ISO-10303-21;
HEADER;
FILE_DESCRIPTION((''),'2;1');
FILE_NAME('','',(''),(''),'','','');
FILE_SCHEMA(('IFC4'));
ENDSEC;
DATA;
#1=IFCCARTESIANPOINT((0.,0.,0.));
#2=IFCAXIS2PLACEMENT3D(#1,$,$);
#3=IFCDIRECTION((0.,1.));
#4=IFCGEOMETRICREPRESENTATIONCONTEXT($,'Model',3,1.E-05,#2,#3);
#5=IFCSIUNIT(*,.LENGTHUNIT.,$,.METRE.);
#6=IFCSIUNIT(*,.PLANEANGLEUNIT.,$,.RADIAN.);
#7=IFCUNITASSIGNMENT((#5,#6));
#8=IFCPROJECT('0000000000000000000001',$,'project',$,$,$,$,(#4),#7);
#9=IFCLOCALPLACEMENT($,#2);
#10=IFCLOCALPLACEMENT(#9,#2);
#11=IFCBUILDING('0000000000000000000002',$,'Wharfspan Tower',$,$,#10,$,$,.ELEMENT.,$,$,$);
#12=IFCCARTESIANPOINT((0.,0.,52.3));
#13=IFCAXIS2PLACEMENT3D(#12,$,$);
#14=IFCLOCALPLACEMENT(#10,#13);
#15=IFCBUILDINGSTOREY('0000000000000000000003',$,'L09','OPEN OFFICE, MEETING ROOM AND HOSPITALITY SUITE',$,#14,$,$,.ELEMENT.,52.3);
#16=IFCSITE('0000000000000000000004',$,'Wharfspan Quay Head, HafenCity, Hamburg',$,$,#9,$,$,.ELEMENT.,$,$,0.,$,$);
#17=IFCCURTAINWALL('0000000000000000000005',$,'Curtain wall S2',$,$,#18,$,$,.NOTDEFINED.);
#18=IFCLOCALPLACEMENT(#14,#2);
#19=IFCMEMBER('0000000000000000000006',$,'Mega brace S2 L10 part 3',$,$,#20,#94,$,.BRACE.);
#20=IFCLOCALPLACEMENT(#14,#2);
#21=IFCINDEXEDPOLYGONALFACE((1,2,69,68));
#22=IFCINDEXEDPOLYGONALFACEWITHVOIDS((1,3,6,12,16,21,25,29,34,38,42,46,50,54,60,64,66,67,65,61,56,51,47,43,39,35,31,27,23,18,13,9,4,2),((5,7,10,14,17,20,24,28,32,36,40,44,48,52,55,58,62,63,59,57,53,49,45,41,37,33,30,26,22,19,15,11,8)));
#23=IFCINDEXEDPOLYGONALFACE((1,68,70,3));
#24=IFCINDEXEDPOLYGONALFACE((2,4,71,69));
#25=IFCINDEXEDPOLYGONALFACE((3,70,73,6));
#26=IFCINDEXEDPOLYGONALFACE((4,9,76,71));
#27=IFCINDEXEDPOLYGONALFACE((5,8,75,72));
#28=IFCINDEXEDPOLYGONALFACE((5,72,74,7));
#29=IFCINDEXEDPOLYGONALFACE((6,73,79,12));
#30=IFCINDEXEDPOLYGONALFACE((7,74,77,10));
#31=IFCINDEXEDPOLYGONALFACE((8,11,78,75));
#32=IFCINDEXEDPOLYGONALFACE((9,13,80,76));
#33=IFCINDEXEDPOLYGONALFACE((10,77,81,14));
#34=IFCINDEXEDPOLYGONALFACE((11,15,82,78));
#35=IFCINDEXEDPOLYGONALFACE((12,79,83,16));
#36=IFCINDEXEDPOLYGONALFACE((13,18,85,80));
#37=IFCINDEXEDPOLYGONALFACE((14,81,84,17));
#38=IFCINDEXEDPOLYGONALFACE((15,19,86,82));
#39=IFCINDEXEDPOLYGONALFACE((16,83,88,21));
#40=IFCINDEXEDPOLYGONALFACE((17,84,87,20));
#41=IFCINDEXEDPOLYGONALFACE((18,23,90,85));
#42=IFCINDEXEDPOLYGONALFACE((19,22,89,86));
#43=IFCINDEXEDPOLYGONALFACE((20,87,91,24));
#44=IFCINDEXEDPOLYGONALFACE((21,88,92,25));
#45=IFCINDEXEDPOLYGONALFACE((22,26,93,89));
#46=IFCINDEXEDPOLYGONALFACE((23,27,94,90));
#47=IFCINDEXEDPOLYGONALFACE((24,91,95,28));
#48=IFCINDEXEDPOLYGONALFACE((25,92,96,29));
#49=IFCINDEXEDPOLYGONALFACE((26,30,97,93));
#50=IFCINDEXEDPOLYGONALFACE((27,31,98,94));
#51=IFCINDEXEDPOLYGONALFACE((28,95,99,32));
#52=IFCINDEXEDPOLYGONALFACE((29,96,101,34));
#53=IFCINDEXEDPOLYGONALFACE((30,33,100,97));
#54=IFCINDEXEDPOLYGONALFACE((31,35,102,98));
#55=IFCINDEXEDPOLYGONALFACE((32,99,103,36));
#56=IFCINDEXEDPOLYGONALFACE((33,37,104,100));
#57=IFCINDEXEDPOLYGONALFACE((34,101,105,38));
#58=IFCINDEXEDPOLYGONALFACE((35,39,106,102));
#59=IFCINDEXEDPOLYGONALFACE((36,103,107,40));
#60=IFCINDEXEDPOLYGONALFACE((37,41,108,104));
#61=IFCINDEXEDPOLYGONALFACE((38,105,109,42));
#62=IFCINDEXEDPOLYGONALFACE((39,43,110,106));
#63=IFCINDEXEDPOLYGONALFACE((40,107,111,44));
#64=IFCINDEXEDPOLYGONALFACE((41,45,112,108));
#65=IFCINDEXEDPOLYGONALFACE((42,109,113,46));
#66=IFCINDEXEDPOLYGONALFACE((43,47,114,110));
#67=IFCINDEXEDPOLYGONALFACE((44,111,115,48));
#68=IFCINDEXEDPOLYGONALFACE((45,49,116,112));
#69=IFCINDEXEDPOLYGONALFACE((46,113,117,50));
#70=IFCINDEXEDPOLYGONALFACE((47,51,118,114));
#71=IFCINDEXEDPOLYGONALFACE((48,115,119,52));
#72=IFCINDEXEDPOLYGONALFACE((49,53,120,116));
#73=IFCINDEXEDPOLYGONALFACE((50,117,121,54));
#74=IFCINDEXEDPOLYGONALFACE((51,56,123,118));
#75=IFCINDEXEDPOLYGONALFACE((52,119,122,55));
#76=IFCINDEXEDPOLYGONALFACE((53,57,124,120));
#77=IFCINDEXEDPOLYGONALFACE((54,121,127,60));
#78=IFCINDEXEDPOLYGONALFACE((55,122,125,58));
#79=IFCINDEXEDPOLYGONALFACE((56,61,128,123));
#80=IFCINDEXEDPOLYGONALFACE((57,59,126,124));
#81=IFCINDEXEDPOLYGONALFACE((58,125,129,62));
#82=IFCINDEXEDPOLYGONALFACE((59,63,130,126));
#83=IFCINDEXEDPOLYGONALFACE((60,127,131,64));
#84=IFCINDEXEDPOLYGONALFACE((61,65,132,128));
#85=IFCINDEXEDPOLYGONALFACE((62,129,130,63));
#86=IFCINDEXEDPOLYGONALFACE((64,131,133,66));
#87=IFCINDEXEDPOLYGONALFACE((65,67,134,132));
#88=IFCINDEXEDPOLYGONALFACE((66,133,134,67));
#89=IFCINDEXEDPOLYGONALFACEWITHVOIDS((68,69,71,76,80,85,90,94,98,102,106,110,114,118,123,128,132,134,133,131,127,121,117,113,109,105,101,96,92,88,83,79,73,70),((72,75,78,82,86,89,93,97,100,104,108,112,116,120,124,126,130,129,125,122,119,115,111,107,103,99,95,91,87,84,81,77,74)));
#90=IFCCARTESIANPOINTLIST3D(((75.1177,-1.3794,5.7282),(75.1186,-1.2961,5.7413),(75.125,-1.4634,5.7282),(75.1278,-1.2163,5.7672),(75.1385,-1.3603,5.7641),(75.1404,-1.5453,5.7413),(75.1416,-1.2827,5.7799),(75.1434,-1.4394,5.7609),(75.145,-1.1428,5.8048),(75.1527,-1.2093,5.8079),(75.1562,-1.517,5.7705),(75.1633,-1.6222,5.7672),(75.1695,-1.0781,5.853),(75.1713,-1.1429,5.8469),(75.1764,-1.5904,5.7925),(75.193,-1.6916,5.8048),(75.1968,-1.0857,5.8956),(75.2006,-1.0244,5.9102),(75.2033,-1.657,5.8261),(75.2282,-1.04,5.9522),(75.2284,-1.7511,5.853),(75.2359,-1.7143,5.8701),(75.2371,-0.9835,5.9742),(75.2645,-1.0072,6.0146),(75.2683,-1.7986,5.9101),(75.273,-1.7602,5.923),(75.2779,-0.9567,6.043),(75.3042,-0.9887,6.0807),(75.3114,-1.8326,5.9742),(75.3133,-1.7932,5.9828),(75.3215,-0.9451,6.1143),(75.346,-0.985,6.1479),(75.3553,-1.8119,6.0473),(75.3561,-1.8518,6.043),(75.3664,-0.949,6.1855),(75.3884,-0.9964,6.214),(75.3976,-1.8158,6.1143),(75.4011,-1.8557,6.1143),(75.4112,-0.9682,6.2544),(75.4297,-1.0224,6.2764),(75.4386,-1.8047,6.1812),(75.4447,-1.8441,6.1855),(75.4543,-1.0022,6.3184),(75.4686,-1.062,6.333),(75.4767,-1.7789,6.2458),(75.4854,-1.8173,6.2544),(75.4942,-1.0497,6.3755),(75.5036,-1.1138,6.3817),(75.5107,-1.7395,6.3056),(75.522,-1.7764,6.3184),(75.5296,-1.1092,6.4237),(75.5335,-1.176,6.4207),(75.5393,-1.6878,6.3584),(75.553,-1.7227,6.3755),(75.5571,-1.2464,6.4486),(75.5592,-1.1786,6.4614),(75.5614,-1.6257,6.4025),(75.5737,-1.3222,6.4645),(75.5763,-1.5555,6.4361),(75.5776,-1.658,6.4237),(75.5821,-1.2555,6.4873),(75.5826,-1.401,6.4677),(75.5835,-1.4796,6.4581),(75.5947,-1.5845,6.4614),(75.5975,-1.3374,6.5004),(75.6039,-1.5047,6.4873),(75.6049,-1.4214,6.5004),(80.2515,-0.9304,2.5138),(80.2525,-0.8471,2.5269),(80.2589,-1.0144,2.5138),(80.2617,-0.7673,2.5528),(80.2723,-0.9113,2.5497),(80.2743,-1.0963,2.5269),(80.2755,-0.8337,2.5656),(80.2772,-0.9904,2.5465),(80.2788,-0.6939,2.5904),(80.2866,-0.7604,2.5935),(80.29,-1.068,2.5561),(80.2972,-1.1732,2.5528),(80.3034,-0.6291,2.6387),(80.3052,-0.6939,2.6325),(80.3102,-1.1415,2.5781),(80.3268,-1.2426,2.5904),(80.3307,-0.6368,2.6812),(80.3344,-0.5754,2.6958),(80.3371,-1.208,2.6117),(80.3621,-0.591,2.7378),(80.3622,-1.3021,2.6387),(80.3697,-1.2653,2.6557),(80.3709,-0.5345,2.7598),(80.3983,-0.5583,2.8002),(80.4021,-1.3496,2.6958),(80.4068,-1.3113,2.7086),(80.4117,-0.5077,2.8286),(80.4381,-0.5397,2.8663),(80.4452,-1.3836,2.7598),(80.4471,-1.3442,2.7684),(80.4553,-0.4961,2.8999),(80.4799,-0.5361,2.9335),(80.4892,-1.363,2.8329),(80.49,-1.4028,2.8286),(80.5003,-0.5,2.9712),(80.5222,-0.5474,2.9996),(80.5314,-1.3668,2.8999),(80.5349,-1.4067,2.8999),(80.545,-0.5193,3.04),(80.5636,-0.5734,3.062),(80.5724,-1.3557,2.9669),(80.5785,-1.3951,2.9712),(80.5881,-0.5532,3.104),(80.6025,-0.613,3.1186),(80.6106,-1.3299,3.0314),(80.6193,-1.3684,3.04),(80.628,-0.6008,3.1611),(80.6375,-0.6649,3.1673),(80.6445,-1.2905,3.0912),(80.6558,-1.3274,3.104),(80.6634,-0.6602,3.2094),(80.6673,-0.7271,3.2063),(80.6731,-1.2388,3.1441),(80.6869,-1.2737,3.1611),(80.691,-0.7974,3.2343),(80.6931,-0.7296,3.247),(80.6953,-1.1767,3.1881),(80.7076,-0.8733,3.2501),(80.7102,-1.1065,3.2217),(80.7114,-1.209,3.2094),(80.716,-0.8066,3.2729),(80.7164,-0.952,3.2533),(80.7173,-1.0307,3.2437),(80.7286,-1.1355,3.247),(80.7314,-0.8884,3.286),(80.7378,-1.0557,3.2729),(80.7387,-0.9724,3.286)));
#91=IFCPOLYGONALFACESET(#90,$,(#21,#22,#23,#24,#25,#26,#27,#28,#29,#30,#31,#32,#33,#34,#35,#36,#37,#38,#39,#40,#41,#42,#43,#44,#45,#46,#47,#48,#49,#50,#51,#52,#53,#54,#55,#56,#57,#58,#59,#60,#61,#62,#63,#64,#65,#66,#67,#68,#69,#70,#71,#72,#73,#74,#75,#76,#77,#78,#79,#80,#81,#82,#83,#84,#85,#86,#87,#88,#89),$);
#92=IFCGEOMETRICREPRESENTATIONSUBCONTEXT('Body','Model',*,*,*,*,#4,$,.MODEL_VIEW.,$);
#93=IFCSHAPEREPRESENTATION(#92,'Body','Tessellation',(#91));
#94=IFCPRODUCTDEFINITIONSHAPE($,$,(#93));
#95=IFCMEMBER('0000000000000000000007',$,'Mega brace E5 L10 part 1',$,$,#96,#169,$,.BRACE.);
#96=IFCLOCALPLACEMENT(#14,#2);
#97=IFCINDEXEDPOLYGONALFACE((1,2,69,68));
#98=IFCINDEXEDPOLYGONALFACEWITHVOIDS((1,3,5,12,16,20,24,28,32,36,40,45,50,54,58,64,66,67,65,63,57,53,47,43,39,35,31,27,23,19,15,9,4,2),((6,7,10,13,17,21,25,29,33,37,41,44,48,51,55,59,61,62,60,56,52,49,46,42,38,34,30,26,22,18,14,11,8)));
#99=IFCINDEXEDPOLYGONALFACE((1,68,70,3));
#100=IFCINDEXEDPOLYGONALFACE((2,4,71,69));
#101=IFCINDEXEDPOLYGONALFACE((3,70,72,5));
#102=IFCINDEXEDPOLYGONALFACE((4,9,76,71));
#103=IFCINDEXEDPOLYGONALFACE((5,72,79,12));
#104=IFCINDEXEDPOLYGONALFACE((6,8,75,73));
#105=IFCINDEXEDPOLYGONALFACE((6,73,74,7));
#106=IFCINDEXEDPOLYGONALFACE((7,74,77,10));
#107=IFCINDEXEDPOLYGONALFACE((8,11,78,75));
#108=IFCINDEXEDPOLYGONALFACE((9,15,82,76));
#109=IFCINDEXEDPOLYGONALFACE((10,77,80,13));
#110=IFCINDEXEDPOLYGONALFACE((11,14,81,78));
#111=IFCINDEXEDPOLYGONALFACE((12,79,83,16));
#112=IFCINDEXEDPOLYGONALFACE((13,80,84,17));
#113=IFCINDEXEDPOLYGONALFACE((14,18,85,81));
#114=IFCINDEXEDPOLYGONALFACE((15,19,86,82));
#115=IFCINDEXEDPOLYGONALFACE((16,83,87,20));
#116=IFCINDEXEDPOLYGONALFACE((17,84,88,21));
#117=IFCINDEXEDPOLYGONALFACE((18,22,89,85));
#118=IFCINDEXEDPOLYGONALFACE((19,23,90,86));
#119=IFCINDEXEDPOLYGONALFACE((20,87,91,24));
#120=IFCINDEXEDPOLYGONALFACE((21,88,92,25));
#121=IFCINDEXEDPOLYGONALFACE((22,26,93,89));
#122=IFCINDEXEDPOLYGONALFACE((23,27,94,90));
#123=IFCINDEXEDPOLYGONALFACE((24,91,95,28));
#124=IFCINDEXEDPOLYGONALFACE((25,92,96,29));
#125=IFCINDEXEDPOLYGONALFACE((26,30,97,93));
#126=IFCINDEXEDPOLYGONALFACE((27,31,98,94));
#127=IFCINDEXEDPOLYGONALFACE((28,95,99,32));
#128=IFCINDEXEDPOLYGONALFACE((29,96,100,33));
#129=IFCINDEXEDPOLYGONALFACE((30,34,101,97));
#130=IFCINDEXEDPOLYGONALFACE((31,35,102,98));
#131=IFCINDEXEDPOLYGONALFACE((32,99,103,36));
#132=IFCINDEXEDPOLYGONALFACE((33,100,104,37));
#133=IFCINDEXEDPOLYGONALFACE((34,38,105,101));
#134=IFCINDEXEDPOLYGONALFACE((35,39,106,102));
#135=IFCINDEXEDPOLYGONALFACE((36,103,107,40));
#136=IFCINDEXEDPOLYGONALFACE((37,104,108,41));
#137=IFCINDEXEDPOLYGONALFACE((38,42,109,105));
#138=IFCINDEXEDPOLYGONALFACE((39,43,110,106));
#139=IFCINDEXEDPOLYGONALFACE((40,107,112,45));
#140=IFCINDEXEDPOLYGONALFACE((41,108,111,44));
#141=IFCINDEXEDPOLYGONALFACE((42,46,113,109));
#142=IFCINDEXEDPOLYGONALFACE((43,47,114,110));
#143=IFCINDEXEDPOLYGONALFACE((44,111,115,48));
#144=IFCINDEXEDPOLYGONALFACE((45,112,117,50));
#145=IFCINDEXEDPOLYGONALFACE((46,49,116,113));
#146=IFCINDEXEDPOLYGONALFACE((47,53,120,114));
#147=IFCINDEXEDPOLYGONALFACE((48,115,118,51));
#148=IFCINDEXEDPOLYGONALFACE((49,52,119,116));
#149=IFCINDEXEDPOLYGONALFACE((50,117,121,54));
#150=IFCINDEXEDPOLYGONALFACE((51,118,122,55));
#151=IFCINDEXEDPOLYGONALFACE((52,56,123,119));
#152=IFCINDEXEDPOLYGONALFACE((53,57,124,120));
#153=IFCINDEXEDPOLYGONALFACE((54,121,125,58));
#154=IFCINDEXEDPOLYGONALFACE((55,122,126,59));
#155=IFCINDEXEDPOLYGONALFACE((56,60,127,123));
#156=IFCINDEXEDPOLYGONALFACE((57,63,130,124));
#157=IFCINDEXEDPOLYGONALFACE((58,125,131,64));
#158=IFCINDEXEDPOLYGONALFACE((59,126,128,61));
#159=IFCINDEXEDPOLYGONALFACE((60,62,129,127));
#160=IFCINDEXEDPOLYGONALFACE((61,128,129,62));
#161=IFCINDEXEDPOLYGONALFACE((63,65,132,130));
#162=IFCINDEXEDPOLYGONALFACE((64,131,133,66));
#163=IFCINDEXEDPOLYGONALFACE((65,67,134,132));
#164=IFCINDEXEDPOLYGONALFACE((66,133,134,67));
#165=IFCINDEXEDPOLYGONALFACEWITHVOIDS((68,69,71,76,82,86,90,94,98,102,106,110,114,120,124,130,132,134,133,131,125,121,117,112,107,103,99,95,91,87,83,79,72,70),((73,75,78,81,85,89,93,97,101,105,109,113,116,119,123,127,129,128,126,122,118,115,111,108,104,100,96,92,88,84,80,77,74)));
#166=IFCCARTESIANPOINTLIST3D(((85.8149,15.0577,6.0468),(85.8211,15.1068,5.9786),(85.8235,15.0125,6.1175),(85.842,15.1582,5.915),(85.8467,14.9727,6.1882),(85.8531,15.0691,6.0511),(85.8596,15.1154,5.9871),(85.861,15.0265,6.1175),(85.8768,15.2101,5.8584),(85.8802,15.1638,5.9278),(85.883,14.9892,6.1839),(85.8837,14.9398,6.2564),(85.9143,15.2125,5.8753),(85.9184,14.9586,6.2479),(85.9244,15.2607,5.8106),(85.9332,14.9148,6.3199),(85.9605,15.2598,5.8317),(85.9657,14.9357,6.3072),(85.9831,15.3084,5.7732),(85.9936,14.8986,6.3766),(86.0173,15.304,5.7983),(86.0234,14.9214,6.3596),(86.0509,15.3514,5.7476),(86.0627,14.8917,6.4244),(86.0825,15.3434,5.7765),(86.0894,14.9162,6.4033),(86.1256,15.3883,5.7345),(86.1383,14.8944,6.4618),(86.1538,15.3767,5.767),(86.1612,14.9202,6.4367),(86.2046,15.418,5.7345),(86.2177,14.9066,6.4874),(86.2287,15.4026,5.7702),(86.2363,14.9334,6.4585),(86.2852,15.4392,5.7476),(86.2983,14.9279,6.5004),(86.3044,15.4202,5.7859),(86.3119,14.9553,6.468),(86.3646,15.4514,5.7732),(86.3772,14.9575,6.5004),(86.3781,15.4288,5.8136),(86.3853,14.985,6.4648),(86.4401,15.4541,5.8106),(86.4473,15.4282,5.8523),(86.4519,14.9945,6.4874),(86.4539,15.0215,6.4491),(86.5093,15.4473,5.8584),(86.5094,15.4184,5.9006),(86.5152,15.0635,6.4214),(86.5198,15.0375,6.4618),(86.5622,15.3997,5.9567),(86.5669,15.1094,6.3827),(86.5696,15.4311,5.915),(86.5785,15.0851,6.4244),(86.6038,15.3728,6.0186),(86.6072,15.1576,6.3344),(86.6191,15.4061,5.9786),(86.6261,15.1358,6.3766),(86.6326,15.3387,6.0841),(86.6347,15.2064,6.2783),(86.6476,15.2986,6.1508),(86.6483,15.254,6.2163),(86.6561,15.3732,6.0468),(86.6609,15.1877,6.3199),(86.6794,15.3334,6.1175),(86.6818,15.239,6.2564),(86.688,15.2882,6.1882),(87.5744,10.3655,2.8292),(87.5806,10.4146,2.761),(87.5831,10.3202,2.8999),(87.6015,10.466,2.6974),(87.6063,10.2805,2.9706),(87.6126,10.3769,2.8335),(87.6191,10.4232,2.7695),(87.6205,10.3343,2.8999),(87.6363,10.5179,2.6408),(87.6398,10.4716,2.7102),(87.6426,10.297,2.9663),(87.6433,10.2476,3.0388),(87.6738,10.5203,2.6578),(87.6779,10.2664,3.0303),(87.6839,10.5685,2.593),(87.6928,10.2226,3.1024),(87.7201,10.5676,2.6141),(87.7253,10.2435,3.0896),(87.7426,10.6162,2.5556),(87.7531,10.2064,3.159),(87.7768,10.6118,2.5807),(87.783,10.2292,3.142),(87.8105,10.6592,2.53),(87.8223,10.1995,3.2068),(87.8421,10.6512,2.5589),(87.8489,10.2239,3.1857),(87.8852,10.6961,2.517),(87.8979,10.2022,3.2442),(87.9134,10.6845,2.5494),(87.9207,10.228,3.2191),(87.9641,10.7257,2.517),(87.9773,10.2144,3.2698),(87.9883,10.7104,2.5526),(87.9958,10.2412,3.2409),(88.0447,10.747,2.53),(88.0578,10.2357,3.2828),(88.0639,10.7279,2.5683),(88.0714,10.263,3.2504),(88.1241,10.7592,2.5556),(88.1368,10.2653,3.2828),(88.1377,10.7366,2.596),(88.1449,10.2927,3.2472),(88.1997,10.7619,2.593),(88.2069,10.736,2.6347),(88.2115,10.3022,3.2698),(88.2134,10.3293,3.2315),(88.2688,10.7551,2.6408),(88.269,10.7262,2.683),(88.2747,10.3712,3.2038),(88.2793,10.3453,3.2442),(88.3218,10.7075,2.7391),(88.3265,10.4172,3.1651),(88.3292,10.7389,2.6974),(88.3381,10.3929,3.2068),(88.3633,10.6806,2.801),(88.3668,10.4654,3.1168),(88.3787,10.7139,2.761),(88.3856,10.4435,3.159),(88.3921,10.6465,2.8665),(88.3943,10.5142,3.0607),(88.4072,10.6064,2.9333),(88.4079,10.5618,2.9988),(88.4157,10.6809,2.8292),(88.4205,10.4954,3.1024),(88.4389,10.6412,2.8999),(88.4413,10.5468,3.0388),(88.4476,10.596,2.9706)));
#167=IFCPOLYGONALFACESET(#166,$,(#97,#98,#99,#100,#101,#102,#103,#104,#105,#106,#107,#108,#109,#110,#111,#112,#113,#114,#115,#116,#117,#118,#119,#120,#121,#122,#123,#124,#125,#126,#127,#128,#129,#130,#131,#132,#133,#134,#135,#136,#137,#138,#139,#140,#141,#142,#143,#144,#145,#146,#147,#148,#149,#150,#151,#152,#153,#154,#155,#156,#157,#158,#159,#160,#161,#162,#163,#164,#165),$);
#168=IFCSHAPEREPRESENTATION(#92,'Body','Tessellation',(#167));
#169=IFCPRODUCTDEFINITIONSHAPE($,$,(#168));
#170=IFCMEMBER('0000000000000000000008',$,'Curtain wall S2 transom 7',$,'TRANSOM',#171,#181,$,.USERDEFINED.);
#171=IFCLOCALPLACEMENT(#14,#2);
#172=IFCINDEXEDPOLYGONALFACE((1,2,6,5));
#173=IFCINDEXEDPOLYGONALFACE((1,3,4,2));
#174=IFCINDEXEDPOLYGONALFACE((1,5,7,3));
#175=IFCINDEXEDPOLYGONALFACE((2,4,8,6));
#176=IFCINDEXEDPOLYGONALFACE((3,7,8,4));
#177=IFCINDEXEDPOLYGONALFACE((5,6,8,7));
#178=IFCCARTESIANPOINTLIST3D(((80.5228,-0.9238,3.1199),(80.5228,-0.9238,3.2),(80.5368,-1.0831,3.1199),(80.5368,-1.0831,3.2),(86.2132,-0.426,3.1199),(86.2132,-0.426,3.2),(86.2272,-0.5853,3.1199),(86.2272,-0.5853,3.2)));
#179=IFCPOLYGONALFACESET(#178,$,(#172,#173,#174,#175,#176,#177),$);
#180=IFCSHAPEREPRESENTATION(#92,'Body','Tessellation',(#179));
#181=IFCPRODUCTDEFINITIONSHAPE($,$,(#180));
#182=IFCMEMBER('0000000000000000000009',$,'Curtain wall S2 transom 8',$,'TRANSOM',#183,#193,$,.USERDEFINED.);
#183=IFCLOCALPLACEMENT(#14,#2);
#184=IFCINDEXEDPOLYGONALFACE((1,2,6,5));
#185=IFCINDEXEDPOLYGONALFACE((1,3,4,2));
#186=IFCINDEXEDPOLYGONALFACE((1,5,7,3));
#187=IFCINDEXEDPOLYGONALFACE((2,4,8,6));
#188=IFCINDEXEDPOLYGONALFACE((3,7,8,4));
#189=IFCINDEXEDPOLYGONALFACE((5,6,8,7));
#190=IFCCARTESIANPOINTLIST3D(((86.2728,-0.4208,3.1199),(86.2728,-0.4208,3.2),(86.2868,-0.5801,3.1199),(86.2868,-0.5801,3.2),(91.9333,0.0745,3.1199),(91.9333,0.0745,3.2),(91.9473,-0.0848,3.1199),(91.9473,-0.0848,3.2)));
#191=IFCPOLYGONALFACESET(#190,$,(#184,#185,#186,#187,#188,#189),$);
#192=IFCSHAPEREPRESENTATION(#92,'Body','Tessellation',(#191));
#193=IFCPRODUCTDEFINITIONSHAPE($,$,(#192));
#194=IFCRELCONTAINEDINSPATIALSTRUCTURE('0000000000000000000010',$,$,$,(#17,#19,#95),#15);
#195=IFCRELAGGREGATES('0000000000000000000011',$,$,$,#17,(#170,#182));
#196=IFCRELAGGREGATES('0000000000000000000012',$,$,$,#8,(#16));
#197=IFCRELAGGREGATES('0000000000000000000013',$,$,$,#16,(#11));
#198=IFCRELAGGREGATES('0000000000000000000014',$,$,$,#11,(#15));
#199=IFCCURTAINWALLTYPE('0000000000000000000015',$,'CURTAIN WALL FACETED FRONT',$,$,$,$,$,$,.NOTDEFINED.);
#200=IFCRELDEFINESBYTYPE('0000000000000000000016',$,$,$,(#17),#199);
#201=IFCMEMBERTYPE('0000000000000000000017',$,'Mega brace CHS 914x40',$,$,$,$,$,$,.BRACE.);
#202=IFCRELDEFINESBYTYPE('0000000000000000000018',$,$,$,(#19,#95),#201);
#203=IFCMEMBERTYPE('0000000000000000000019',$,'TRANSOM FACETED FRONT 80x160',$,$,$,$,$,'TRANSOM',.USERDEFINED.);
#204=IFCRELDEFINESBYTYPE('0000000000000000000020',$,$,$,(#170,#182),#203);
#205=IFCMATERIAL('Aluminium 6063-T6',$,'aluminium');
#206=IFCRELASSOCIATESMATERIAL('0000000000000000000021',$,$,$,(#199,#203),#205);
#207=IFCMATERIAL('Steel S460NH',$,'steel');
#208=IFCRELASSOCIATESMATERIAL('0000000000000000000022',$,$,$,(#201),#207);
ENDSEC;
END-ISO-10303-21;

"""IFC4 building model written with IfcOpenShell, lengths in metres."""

from ifc_helpers import new_model, si_unit, direction, frame, origin, origin_2d, place, context, subcontext, project, spatial, rectangle, hollow_circle, extrude, material, material_profile, profile_set, type_object, element, aggregate, save


model = new_model("IFC4")

# Units and contexts
model_context = context("Model", 3, precision=1e-05, world=origin(), true_north=direction((0.0, 1.0)))
body_context = subcontext(model_context, "Body", "Model", "MODEL_VIEW")
ifc_project = project(units=[si_unit("LENGTHUNIT", "METRE"), si_unit("PLANEANGLEUNIT", "RADIAN")], contexts=[model_context])

# Site, building, storey
site_placement = place(None, origin())
site = spatial("IfcSite", under=ifc_project, at=site_placement, Name="Wharfspan Quay Head, HafenCity, Hamburg", CompositionType="ELEMENT", RefElevation=0.0)
building_placement = place(site_placement, origin())
building = spatial("IfcBuilding", under=site, at=building_placement, Name="Wharfspan Tower", CompositionType="ELEMENT")
storey_placement = place(building_placement, frame((0.0, 0.0, 52.3)))
storey = spatial("IfcBuildingStorey", under=building, at=storey_placement, Name="L09", Description="OPEN OFFICE, MEETING ROOM AND HOSPITALITY SUITE", CompositionType="ELEMENT", Elevation=52.3)

# Curtain wall
ifc_material_1 = material(Name="Aluminium 6063-T6", Category="aluminium")
curtain_wall_type_1 = type_object("IfcCurtainWallType", Name="CURTAIN WALL FACETED FRONT", PredefinedType="NOTDEFINED", material=ifc_material_1)
curtain_wall_1_placement = place(storey_placement, origin())
curtain_wall_1 = element("IfcCurtainWall", 1, at=curtain_wall_1_placement, inside=storey, type_object=curtain_wall_type_1, Name="Curtain wall S2", PredefinedType="NOTDEFINED")

# Members
ifc_material_2 = material(Name="Steel S460NH", Category="steel")
ifc_material_profile_1 = material_profile(ifc_material_2, hollow_circle(Radius=0.457, WallThickness=0.04, at=origin_2d()))
ifc_profile_set_1 = profile_set([ifc_material_profile_1], Name="Steel S460NH")
member_type_1 = type_object("IfcMemberType", Name="Mega brace CHS 914x40", PredefinedType="BRACE", material=ifc_profile_set_1)
member_1_placement = place(storey_placement, frame((80.4951, -0.9514, 2.8999), z_axis=(-0.845253, -0.073921, 0.529228), x_axis=(0.08712, -0.996199, -0.000003)))
element("IfcMember", 2, at=member_1_placement, inside=storey, type_object=member_type_1, Name="Mega brace S2 L10 part 3", PredefinedType="BRACE", context=body_context, shape_type="SweptSolid", body=[
    extrude(hollow_circle(Radius=0.457, WallThickness=0.04, at=origin_2d()), origin(), (0.0, 0.0, 1.0), 6.0737),
])
member_2_placement = place(storey_placement, frame((88.011, 10.4807, 2.8999), z_axis=(-0.295459, 0.787904, 0.540288), x_axis=(-0.936328, -0.351115, -0.000003)))
element("IfcMember", 3, at=member_2_placement, inside=storey, type_object=member_type_1, Name="Mega brace E5 L10 part 1", PredefinedType="BRACE", context=body_context, shape_type="SweptSolid", body=[
    extrude(hollow_circle(Radius=0.457, WallThickness=0.04, at=origin_2d()), origin(), (0.0, 0.0, 1.0), 5.9553),
])

# Members
ifc_material_profile_2 = material_profile(ifc_material_1, rectangle(XDim=0.1599, YDim=0.0801, at=origin_2d()))
ifc_profile_set_2 = profile_set([ifc_material_profile_2], Name="Aluminium 6063-T6")
member_type_2 = type_object("IfcMemberType", Name="TRANSOM FACETED FRONT 80x160", ElementType="TRANSOM", PredefinedType="USERDEFINED", material=ifc_profile_set_2)
member_3_placement = place(storey_placement, frame((80.5298, -1.0034, 3.1599), z_axis=(0.996195, 0.087148, 0.0), x_axis=(-0.087148, 0.996195, 0.0)))
member_3 = element("IfcMember", 4, at=member_3_placement, type_object=member_type_2, Name="Curtain wall S2 transom 7", ObjectType="TRANSOM", PredefinedType="USERDEFINED", context=body_context, shape_type="SweptSolid", body=[
    extrude(rectangle(XDim=0.1599, YDim=0.0801, at=origin_2d()), origin(), (0.0, 0.0, 1.0), 5.7122),
])
member_4_placement = place(storey_placement, frame((86.2798, -0.5005, 3.1599), z_axis=(0.996193, 0.08718, 0.0), x_axis=(-0.08718, 0.996193, 0.0)))
member_4 = element("IfcMember", 5, at=member_4_placement, type_object=member_type_2, Name="Curtain wall S2 transom 8", ObjectType="TRANSOM", PredefinedType="USERDEFINED", context=body_context, shape_type="SweptSolid", body=[
    extrude(rectangle(XDim=0.1599, YDim=0.0801, at=origin_2d()), origin(), (0.0, 0.0, 1.0), 5.6821),
])

aggregate(curtain_wall_1, [member_3, member_4])

save(model, "model.ifc")
